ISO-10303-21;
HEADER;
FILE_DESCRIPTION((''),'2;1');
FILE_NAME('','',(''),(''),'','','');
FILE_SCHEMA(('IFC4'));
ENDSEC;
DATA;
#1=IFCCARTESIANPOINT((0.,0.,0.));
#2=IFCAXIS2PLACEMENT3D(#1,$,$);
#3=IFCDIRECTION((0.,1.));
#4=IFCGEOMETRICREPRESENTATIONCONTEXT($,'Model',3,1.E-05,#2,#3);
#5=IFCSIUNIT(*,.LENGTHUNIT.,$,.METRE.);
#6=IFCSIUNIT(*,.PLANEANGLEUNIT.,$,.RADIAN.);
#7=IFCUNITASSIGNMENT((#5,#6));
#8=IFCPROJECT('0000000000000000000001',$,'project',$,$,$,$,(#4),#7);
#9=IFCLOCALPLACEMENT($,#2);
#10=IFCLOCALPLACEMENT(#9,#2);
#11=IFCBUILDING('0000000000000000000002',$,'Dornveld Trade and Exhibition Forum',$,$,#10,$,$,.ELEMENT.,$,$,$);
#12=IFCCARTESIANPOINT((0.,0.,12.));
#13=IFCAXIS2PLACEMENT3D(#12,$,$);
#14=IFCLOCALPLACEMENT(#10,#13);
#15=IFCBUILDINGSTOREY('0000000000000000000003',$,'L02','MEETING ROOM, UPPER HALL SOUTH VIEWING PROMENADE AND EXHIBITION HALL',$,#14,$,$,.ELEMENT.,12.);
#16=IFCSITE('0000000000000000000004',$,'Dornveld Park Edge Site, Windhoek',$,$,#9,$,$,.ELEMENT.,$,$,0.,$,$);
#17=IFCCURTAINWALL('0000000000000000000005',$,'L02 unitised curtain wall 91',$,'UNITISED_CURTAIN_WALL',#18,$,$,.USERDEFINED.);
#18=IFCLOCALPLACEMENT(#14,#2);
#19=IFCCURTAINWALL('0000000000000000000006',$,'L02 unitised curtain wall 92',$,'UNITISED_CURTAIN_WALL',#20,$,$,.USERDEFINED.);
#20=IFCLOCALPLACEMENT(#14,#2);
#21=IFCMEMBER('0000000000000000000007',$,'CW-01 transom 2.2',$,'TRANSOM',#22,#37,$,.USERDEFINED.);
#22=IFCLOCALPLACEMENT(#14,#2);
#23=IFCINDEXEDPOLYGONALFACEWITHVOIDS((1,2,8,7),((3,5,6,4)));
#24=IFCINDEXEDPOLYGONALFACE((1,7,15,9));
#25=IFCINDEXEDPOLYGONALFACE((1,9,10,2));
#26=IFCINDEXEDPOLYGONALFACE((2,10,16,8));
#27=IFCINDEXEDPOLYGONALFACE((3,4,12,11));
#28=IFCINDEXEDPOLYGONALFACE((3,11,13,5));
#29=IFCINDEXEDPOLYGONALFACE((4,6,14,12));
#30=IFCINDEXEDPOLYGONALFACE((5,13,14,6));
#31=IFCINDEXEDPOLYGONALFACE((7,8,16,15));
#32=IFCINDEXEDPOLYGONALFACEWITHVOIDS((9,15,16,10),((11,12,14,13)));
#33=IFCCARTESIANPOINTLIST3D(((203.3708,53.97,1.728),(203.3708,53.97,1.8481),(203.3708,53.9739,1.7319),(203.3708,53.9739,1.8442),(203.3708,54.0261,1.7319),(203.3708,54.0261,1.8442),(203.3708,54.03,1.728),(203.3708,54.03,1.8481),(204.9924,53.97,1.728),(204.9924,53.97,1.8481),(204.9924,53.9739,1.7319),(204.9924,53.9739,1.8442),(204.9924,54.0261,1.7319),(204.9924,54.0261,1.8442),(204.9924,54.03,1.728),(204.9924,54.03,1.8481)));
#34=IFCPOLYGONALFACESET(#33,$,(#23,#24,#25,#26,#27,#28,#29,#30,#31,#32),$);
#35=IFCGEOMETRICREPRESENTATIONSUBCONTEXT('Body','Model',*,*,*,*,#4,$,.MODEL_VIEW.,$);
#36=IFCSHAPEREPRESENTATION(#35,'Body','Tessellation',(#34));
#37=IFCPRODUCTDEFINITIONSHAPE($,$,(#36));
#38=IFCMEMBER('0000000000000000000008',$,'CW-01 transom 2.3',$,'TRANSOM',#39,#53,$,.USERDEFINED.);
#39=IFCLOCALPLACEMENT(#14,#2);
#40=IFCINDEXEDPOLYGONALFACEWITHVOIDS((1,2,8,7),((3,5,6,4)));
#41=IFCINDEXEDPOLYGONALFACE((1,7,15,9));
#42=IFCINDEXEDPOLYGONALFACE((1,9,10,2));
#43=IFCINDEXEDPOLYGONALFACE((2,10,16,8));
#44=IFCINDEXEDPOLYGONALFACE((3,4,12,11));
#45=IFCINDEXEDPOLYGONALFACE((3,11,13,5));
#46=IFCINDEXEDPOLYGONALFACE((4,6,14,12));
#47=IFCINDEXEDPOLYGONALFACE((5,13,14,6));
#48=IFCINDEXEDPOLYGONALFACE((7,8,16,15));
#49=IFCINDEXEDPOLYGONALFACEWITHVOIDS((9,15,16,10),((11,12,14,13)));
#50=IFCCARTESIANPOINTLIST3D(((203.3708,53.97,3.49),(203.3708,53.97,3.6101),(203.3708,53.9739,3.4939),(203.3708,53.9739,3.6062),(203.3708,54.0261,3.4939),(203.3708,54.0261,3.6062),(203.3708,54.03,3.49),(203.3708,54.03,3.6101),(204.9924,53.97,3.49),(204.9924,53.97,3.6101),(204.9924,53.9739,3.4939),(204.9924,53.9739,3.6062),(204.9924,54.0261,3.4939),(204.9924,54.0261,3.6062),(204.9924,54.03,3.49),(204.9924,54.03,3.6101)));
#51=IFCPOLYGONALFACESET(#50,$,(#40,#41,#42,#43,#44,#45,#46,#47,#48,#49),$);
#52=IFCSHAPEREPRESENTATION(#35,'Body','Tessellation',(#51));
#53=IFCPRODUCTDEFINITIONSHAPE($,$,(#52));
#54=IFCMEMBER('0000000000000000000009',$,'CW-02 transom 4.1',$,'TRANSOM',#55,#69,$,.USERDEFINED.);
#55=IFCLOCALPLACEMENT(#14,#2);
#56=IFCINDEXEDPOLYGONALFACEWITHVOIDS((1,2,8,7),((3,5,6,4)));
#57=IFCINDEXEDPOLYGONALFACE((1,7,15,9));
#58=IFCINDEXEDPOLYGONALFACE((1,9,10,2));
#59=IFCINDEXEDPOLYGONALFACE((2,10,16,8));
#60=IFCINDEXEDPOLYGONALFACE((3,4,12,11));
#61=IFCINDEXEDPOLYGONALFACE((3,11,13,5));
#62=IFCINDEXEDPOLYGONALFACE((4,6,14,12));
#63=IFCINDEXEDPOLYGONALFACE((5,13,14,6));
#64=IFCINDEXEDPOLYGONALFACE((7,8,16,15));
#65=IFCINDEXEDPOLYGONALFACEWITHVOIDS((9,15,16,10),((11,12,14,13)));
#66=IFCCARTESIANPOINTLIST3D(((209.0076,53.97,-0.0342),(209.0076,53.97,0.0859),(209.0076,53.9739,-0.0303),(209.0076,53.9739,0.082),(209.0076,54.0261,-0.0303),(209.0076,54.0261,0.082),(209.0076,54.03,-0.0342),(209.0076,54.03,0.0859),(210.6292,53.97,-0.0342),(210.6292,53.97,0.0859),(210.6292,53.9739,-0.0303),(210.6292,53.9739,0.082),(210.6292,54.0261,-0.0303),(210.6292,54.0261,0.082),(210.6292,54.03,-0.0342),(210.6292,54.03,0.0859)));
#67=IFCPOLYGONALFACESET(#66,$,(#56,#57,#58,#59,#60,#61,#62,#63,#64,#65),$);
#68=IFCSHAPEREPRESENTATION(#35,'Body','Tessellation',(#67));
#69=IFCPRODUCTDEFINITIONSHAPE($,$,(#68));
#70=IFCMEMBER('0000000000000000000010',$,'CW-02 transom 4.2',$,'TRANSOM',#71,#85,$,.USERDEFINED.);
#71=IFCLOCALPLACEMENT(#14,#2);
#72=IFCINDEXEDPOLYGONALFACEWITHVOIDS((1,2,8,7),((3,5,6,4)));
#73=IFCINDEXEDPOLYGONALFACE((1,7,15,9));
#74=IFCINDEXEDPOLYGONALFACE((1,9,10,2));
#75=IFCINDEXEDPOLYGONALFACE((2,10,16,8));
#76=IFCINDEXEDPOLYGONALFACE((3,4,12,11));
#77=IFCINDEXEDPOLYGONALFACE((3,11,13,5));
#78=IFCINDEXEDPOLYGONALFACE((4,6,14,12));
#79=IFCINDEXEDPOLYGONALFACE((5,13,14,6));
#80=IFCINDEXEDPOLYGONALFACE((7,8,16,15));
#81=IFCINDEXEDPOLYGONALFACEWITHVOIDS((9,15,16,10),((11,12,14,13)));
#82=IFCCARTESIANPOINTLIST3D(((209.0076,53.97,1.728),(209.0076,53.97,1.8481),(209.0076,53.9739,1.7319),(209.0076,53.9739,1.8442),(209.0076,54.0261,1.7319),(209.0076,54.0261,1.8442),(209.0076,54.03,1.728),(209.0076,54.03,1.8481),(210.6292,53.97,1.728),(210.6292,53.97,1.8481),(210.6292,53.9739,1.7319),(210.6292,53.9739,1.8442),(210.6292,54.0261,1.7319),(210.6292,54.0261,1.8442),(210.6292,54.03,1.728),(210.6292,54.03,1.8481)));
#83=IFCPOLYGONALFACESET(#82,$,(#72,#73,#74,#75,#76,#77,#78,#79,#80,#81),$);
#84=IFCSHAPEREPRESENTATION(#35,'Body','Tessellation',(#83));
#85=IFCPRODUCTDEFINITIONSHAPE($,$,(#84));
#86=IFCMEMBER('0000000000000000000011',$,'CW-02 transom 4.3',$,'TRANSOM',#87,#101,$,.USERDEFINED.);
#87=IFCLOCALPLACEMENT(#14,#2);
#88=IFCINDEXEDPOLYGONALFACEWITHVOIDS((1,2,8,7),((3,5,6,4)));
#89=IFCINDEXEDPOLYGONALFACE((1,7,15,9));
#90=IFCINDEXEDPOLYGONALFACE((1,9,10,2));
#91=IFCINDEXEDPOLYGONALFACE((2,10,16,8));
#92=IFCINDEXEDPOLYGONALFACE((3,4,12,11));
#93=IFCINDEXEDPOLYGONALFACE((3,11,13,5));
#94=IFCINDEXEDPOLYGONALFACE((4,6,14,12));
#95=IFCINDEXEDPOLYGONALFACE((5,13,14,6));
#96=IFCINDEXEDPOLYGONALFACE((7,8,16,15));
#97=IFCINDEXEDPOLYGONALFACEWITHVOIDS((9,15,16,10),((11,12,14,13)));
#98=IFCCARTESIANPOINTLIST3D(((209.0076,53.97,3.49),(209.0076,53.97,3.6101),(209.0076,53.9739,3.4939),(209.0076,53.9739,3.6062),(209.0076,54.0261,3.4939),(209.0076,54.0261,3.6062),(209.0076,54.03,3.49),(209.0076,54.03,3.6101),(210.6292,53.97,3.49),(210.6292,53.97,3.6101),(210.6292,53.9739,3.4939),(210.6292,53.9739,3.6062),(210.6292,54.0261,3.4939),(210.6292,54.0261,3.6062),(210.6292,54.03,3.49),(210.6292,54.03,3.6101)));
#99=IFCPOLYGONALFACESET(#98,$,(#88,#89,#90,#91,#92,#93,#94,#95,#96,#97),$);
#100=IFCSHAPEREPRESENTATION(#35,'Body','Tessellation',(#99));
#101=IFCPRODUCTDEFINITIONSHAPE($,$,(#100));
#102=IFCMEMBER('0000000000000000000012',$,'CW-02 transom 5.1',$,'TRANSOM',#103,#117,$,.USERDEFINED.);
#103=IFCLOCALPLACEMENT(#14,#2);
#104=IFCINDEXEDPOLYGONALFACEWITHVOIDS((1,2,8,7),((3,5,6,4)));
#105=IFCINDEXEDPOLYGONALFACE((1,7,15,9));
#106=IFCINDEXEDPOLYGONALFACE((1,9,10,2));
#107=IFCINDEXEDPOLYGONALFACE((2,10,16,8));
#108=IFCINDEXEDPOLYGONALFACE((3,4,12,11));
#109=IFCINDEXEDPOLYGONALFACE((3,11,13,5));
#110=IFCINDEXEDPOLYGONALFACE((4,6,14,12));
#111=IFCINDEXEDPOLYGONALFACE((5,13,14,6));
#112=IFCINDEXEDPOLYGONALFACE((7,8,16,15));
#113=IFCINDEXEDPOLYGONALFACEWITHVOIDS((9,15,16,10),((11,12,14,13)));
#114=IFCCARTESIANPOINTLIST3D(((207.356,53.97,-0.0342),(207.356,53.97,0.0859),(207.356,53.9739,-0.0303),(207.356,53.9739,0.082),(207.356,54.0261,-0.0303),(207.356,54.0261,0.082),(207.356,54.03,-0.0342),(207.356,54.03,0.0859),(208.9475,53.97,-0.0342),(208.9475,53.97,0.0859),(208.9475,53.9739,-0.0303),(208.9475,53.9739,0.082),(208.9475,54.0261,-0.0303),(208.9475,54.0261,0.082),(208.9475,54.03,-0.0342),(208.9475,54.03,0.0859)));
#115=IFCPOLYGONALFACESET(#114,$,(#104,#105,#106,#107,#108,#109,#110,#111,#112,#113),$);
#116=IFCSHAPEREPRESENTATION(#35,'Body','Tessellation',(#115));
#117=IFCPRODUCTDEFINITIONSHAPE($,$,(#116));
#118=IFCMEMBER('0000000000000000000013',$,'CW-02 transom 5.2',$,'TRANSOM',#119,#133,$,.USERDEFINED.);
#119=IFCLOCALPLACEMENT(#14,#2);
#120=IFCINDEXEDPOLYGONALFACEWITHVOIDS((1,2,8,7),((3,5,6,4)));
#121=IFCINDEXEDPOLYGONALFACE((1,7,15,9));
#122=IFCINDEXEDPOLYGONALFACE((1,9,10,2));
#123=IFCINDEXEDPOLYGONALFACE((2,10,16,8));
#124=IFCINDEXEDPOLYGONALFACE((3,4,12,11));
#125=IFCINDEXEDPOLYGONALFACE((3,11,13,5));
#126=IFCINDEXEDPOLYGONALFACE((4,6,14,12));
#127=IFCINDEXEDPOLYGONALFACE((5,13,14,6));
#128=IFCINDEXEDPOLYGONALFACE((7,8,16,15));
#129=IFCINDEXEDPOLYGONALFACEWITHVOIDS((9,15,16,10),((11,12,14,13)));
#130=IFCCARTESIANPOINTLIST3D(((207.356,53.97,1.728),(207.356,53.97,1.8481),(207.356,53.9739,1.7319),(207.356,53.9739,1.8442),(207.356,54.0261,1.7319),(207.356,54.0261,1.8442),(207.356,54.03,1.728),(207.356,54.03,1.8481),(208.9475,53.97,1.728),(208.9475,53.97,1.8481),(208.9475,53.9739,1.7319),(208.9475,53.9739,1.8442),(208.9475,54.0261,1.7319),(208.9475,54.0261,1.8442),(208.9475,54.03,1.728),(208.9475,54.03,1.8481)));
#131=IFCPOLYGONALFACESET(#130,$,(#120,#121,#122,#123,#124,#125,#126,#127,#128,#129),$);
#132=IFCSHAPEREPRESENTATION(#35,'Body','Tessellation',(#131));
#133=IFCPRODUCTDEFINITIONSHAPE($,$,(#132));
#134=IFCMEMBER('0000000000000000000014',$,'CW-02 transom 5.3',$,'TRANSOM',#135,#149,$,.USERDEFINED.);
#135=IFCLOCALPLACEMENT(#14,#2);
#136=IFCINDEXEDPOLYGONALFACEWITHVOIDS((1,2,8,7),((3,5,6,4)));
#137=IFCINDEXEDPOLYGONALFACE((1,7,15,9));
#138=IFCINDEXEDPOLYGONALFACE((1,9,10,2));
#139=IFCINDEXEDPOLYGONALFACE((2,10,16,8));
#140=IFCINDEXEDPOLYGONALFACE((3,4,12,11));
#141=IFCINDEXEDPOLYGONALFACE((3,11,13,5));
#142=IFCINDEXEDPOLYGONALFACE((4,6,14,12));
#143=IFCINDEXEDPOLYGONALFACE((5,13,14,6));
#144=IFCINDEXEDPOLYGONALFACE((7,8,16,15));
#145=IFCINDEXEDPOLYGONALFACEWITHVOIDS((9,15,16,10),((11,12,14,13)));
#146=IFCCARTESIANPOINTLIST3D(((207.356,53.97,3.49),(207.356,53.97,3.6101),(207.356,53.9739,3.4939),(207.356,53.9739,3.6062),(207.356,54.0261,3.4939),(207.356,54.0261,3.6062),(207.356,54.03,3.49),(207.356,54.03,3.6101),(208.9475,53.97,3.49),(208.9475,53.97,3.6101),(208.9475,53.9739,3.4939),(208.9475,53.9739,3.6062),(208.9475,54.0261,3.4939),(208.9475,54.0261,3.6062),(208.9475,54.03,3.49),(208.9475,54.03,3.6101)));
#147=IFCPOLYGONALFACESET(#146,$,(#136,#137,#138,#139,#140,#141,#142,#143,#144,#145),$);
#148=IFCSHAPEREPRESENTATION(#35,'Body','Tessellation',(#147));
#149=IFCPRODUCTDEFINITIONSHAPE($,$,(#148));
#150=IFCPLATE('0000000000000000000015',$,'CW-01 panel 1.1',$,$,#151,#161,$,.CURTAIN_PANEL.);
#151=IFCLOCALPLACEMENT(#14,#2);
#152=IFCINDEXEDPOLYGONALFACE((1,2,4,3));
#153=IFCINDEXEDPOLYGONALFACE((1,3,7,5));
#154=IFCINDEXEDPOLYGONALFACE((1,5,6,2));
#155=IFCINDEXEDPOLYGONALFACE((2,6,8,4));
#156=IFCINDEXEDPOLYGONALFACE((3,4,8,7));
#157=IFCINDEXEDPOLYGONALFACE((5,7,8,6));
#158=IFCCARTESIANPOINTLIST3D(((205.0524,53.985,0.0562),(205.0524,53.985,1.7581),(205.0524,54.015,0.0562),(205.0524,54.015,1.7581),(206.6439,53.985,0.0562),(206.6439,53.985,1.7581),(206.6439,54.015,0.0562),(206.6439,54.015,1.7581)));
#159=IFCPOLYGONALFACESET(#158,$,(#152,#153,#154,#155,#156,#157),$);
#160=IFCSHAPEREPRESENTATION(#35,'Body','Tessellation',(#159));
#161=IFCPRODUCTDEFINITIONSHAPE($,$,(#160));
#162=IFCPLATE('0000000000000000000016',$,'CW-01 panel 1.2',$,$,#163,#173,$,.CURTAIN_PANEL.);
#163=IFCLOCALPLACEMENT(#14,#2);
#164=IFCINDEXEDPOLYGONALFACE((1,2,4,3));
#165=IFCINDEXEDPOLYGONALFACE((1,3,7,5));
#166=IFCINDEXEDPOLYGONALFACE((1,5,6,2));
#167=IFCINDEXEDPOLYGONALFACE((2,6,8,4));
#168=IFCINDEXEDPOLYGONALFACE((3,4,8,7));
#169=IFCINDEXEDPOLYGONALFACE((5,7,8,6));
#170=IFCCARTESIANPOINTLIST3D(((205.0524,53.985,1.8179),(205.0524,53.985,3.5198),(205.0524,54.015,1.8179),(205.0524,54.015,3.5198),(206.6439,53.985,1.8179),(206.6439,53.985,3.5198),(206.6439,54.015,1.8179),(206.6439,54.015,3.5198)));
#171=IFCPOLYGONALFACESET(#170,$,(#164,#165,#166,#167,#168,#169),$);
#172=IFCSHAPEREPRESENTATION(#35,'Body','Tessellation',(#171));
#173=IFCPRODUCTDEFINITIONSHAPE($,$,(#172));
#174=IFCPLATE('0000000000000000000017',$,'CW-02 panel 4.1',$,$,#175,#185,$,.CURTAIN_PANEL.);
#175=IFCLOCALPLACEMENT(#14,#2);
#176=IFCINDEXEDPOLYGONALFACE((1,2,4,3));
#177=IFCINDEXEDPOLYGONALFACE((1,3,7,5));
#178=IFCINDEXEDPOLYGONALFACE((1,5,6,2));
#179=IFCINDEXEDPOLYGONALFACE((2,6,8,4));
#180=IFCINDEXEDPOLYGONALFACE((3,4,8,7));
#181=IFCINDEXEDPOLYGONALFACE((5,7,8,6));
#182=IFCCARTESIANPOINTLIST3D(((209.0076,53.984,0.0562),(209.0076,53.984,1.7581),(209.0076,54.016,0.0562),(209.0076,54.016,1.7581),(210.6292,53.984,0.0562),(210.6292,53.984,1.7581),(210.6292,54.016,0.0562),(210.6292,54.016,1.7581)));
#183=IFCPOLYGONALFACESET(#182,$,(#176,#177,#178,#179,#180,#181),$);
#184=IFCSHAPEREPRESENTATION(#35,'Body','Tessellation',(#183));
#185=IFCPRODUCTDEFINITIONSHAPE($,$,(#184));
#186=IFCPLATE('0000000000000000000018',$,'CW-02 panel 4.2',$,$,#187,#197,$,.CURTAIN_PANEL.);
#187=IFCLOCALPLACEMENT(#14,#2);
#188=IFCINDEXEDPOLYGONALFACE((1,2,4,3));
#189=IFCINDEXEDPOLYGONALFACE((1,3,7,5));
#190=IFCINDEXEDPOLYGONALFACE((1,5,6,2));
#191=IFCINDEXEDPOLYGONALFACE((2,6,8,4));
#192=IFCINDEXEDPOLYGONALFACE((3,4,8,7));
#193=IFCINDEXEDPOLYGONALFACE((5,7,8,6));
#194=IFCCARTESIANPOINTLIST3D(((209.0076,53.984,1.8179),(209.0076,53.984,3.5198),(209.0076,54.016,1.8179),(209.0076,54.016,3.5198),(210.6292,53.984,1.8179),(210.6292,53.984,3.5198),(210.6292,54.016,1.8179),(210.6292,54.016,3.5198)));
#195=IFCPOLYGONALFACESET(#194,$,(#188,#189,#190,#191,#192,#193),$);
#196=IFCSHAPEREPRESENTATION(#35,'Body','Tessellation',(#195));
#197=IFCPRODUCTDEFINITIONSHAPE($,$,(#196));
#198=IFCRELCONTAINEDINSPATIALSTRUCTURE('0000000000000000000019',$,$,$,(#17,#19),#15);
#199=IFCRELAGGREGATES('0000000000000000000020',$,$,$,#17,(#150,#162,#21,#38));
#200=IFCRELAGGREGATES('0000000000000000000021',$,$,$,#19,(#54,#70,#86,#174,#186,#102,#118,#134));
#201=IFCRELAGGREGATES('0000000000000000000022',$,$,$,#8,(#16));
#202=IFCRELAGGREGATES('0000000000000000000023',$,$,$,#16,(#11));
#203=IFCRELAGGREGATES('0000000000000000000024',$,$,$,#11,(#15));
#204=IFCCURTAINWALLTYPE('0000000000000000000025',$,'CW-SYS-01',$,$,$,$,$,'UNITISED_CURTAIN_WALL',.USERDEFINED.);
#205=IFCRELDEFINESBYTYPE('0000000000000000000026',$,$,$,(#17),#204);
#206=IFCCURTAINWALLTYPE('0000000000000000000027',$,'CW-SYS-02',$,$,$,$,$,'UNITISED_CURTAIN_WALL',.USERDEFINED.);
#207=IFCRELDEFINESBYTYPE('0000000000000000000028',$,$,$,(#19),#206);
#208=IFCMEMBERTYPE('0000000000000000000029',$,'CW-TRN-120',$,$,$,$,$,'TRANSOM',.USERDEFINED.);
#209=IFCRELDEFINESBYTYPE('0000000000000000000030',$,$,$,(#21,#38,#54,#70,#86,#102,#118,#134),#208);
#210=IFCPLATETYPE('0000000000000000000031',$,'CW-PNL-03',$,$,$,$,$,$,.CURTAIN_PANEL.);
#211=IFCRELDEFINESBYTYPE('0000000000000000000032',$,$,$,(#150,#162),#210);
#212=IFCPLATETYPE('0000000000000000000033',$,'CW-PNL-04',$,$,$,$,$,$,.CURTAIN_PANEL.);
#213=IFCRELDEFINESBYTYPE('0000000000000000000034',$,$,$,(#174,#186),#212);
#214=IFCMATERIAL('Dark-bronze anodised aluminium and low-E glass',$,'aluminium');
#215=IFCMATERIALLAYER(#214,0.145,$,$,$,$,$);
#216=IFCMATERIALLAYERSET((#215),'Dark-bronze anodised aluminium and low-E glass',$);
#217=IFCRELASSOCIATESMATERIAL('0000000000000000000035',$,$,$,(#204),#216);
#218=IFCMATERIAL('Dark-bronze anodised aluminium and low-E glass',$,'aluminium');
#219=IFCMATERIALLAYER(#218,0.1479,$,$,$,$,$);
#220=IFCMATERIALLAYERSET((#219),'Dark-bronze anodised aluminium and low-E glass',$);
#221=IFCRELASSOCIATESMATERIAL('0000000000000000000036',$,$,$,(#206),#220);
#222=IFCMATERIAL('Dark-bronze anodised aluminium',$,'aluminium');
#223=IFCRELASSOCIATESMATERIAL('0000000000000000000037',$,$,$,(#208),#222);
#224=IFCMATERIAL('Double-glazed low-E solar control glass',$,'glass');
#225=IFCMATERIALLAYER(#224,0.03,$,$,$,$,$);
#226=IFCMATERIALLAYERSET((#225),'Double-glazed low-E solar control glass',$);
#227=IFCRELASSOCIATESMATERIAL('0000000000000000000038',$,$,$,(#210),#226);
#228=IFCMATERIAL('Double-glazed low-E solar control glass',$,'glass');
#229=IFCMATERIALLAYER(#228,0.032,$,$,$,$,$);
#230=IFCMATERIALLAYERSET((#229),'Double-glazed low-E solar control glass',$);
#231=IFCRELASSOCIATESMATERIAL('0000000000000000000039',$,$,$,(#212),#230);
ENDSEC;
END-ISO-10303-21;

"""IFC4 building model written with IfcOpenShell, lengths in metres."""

from ifc_helpers import new_model, si_unit, direction, frame, origin, origin_2d, place, context, subcontext, project, spatial, rectangle, hollow_rectangle, extrude, material, layer, layer_set, material_profile, profile_set, type_object, element, aggregate, save


model = new_model("IFC4")

# Units and contexts
model_context = context("Model", 3, precision=1e-05, world=origin(), true_north=direction((0.0, 1.0)))
body_context = subcontext(model_context, "Body", "Model", "MODEL_VIEW")
ifc_project = project(units=[si_unit("LENGTHUNIT", "METRE"), si_unit("PLANEANGLEUNIT", "RADIAN")], contexts=[model_context])

# Site, building, storey
site_placement = place(None, origin())
site = spatial("IfcSite", under=ifc_project, at=site_placement, Name="Dornveld Park Edge Site, Windhoek", CompositionType="ELEMENT", RefElevation=0.0)
building_placement = place(site_placement, origin())
building = spatial("IfcBuilding", under=site, at=building_placement, Name="Dornveld Trade and Exhibition Forum", CompositionType="ELEMENT")
storey_placement = place(building_placement, frame((0.0, 0.0, 12.0)))
storey = spatial("IfcBuildingStorey", under=building, at=storey_placement, Name="L02", Description="MEETING ROOM, UPPER HALL SOUTH VIEWING PROMENADE AND EXHIBITION HALL", CompositionType="ELEMENT", Elevation=12.0)

# Curtain walls
ifc_material_1 = material(Name="Dark-bronze anodised aluminium and low-E glass", Category="aluminium")
ifc_layer_1 = layer(ifc_material_1, 0.145)
ifc_layer_set_1 = layer_set([ifc_layer_1], Name="Dark-bronze anodised aluminium and low-E glass")
curtain_wall_type_1 = type_object("IfcCurtainWallType", Name="CW-SYS-01", ElementType="UNITISED_CURTAIN_WALL", PredefinedType="USERDEFINED", material=ifc_layer_set_1)
curtain_wall_1_placement = place(storey_placement, origin())
curtain_wall_1 = element("IfcCurtainWall", 1, at=curtain_wall_1_placement, inside=storey, type_object=curtain_wall_type_1, Name="L02 unitised curtain wall 91", ObjectType="UNITISED_CURTAIN_WALL", PredefinedType="USERDEFINED")
ifc_material_2 = material(Name="Dark-bronze anodised aluminium and low-E glass", Category="aluminium")
ifc_layer_2 = layer(ifc_material_2, 0.1479)
ifc_layer_set_2 = layer_set([ifc_layer_2], Name="Dark-bronze anodised aluminium and low-E glass")
curtain_wall_type_2 = type_object("IfcCurtainWallType", Name="CW-SYS-02", ElementType="UNITISED_CURTAIN_WALL", PredefinedType="USERDEFINED", material=ifc_layer_set_2)
curtain_wall_2_placement = place(storey_placement, origin())
curtain_wall_2 = element("IfcCurtainWall", 2, at=curtain_wall_2_placement, inside=storey, type_object=curtain_wall_type_2, Name="L02 unitised curtain wall 92", ObjectType="UNITISED_CURTAIN_WALL", PredefinedType="USERDEFINED")

# Members
ifc_material_3 = material(Name="Dark-bronze anodised aluminium", Category="aluminium")
ifc_material_profile_1 = material_profile(ifc_material_3, hollow_rectangle(XDim=0.0601, YDim=0.1201, WallThickness=0.0039, at=origin_2d()), Name="RHS 120x60x4")
ifc_profile_set_1 = profile_set([ifc_material_profile_1], Name="Dark-bronze anodised aluminium")
member_type_1 = type_object("IfcMemberType", Name="CW-TRN-120", ElementType="TRANSOM", PredefinedType="USERDEFINED", material=ifc_profile_set_1)
member_1_placement = place(storey_placement, frame((204.9924, 54.0, 1.7881), z_axis=(-1.0, 0.0, 0.0), x_axis=(0.0, -1.0, 0.0)))
member_1 = element("IfcMember", 3, at=member_1_placement, type_object=member_type_1, Name="CW-01 transom 2.2", ObjectType="TRANSOM", PredefinedType="USERDEFINED", context=body_context, shape_type="SweptSolid", body=[
    extrude(hollow_rectangle(XDim=0.0601, YDim=0.1201, WallThickness=0.0039, at=origin_2d()), origin(), (0.0, 0.0, 1.0), 1.6216),
])
member_2_placement = place(storey_placement, frame((204.9924, 54.0, 3.55), z_axis=(-1.0, 0.0, 0.0), x_axis=(0.0, -1.0, 0.0)))
member_2 = element("IfcMember", 4, at=member_2_placement, type_object=member_type_1, Name="CW-01 transom 2.3", ObjectType="TRANSOM", PredefinedType="USERDEFINED", context=body_context, shape_type="SweptSolid", body=[
    extrude(hollow_rectangle(XDim=0.0601, YDim=0.1201, WallThickness=0.0039, at=origin_2d()), origin(), (0.0, 0.0, 1.0), 1.6216),
])
member_3_placement = place(storey_placement, frame((210.6292, 54.0, 0.0259), z_axis=(-1.0, 0.0, 0.0), x_axis=(0.0, -1.0, 0.0)))
member_3 = element("IfcMember", 5, at=member_3_placement, type_object=member_type_1, Name="CW-02 transom 4.1", ObjectType="TRANSOM", PredefinedType="USERDEFINED", context=body_context, shape_type="SweptSolid", body=[
    extrude(hollow_rectangle(XDim=0.0601, YDim=0.1201, WallThickness=0.0039, at=origin_2d()), origin(), (0.0, 0.0, 1.0), 1.6216),
])
member_4_placement = place(storey_placement, frame((210.6292, 54.0, 1.7881), z_axis=(-1.0, 0.0, 0.0), x_axis=(0.0, -1.0, 0.0)))
member_4 = element("IfcMember", 6, at=member_4_placement, type_object=member_type_1, Name="CW-02 transom 4.2", ObjectType="TRANSOM", PredefinedType="USERDEFINED", context=body_context, shape_type="SweptSolid", body=[
    extrude(hollow_rectangle(XDim=0.0601, YDim=0.1201, WallThickness=0.0039, at=origin_2d()), origin(), (0.0, 0.0, 1.0), 1.6216),
])
member_5_placement = place(storey_placement, frame((210.6292, 54.0, 3.55), z_axis=(-1.0, 0.0, 0.0), x_axis=(0.0, -1.0, 0.0)))
member_5 = element("IfcMember", 7, at=member_5_placement, type_object=member_type_1, Name="CW-02 transom 4.3", ObjectType="TRANSOM", PredefinedType="USERDEFINED", context=body_context, shape_type="SweptSolid", body=[
    extrude(hollow_rectangle(XDim=0.0601, YDim=0.1201, WallThickness=0.0039, at=origin_2d()), origin(), (0.0, 0.0, 1.0), 1.6216),
])
member_6_placement = place(storey_placement, frame((208.9475, 54.0, 0.0259), z_axis=(-1.0, 0.0, 0.0), x_axis=(0.0, -1.0, 0.0)))
member_6 = element("IfcMember", 8, at=member_6_placement, type_object=member_type_1, Name="CW-02 transom 5.1", ObjectType="TRANSOM", PredefinedType="USERDEFINED", context=body_context, shape_type="SweptSolid", body=[
    extrude(hollow_rectangle(XDim=0.0601, YDim=0.1201, WallThickness=0.0039, at=origin_2d()), origin(), (0.0, 0.0, 1.0), 1.5916),
])
member_7_placement = place(storey_placement, frame((208.9475, 54.0, 1.7881), z_axis=(-1.0, 0.0, 0.0), x_axis=(0.0, -1.0, 0.0)))
member_7 = element("IfcMember", 9, at=member_7_placement, type_object=member_type_1, Name="CW-02 transom 5.2", ObjectType="TRANSOM", PredefinedType="USERDEFINED", context=body_context, shape_type="SweptSolid", body=[
    extrude(hollow_rectangle(XDim=0.0601, YDim=0.1201, WallThickness=0.0039, at=origin_2d()), origin(), (0.0, 0.0, 1.0), 1.5916),
])
member_8_placement = place(storey_placement, frame((208.9475, 54.0, 3.55), z_axis=(-1.0, 0.0, 0.0), x_axis=(0.0, -1.0, 0.0)))
member_8 = element("IfcMember", 10, at=member_8_placement, type_object=member_type_1, Name="CW-02 transom 5.3", ObjectType="TRANSOM", PredefinedType="USERDEFINED", context=body_context, shape_type="SweptSolid", body=[
    extrude(hollow_rectangle(XDim=0.0601, YDim=0.1201, WallThickness=0.0039, at=origin_2d()), origin(), (0.0, 0.0, 1.0), 1.5916),
])

# Plates
ifc_material_4 = material(Name="Double-glazed low-E solar control glass", Category="glass")
ifc_layer_3 = layer(ifc_material_4, 0.03)
ifc_layer_set_3 = layer_set([ifc_layer_3], Name="Double-glazed low-E solar control glass")
plate_type_1 = type_object("IfcPlateType", Name="CW-PNL-03", PredefinedType="CURTAIN_PANEL", material=ifc_layer_set_3)
plate_1_placement = place(storey_placement, frame((205.8481, 54.0, 0.0562), z_axis=(0.0, 0.0, 1.0), x_axis=(-1.0, 0.0, 0.0)))
plate_1 = element("IfcPlate", 11, at=plate_1_placement, type_object=plate_type_1, Name="CW-01 panel 1.1", PredefinedType="CURTAIN_PANEL", context=body_context, shape_type="SweptSolid", body=[
    extrude(rectangle(XDim=1.5916, YDim=0.03, at=origin_2d()), origin(), (0.0, 0.0, 1.0), 1.7019),
])
plate_2_placement = place(storey_placement, frame((205.8481, 54.0, 1.8179), z_axis=(0.0, 0.0, 1.0), x_axis=(-1.0, 0.0, 0.0)))
plate_2 = element("IfcPlate", 12, at=plate_2_placement, type_object=plate_type_1, Name="CW-01 panel 1.2", PredefinedType="CURTAIN_PANEL", context=body_context, shape_type="SweptSolid", body=[
    extrude(rectangle(XDim=1.5916, YDim=0.03, at=origin_2d()), origin(), (0.0, 0.0, 1.0), 1.7019),
])
aggregate(curtain_wall_1, [plate_1, plate_2, member_1, member_2])
ifc_material_5 = material(Name="Double-glazed low-E solar control glass", Category="glass")
ifc_layer_4 = layer(ifc_material_5, 0.032)
ifc_layer_set_4 = layer_set([ifc_layer_4], Name="Double-glazed low-E solar control glass")
plate_type_2 = type_object("IfcPlateType", Name="CW-PNL-04", PredefinedType="CURTAIN_PANEL", material=ifc_layer_set_4)
plate_3_placement = place(storey_placement, frame((209.8184, 54.0, 0.0562), z_axis=(0.0, 0.0, 1.0), x_axis=(-1.0, 0.0, 0.0)))
plate_3 = element("IfcPlate", 13, at=plate_3_placement, type_object=plate_type_2, Name="CW-02 panel 4.1", PredefinedType="CURTAIN_PANEL", context=body_context, shape_type="SweptSolid", body=[
    extrude(rectangle(XDim=1.6216, YDim=0.032, at=origin_2d()), origin(), (0.0, 0.0, 1.0), 1.7019),
])
plate_4_placement = place(storey_placement, frame((209.8184, 54.0, 1.8179), z_axis=(0.0, 0.0, 1.0), x_axis=(-1.0, 0.0, 0.0)))
plate_4 = element("IfcPlate", 14, at=plate_4_placement, type_object=plate_type_2, Name="CW-02 panel 4.2", PredefinedType="CURTAIN_PANEL", context=body_context, shape_type="SweptSolid", body=[
    extrude(rectangle(XDim=1.6216, YDim=0.032, at=origin_2d()), origin(), (0.0, 0.0, 1.0), 1.7019),
])
aggregate(curtain_wall_2, [member_3, member_4, member_5, plate_3, plate_4, member_6, member_7, member_8])

save(model, "model.ifc")
